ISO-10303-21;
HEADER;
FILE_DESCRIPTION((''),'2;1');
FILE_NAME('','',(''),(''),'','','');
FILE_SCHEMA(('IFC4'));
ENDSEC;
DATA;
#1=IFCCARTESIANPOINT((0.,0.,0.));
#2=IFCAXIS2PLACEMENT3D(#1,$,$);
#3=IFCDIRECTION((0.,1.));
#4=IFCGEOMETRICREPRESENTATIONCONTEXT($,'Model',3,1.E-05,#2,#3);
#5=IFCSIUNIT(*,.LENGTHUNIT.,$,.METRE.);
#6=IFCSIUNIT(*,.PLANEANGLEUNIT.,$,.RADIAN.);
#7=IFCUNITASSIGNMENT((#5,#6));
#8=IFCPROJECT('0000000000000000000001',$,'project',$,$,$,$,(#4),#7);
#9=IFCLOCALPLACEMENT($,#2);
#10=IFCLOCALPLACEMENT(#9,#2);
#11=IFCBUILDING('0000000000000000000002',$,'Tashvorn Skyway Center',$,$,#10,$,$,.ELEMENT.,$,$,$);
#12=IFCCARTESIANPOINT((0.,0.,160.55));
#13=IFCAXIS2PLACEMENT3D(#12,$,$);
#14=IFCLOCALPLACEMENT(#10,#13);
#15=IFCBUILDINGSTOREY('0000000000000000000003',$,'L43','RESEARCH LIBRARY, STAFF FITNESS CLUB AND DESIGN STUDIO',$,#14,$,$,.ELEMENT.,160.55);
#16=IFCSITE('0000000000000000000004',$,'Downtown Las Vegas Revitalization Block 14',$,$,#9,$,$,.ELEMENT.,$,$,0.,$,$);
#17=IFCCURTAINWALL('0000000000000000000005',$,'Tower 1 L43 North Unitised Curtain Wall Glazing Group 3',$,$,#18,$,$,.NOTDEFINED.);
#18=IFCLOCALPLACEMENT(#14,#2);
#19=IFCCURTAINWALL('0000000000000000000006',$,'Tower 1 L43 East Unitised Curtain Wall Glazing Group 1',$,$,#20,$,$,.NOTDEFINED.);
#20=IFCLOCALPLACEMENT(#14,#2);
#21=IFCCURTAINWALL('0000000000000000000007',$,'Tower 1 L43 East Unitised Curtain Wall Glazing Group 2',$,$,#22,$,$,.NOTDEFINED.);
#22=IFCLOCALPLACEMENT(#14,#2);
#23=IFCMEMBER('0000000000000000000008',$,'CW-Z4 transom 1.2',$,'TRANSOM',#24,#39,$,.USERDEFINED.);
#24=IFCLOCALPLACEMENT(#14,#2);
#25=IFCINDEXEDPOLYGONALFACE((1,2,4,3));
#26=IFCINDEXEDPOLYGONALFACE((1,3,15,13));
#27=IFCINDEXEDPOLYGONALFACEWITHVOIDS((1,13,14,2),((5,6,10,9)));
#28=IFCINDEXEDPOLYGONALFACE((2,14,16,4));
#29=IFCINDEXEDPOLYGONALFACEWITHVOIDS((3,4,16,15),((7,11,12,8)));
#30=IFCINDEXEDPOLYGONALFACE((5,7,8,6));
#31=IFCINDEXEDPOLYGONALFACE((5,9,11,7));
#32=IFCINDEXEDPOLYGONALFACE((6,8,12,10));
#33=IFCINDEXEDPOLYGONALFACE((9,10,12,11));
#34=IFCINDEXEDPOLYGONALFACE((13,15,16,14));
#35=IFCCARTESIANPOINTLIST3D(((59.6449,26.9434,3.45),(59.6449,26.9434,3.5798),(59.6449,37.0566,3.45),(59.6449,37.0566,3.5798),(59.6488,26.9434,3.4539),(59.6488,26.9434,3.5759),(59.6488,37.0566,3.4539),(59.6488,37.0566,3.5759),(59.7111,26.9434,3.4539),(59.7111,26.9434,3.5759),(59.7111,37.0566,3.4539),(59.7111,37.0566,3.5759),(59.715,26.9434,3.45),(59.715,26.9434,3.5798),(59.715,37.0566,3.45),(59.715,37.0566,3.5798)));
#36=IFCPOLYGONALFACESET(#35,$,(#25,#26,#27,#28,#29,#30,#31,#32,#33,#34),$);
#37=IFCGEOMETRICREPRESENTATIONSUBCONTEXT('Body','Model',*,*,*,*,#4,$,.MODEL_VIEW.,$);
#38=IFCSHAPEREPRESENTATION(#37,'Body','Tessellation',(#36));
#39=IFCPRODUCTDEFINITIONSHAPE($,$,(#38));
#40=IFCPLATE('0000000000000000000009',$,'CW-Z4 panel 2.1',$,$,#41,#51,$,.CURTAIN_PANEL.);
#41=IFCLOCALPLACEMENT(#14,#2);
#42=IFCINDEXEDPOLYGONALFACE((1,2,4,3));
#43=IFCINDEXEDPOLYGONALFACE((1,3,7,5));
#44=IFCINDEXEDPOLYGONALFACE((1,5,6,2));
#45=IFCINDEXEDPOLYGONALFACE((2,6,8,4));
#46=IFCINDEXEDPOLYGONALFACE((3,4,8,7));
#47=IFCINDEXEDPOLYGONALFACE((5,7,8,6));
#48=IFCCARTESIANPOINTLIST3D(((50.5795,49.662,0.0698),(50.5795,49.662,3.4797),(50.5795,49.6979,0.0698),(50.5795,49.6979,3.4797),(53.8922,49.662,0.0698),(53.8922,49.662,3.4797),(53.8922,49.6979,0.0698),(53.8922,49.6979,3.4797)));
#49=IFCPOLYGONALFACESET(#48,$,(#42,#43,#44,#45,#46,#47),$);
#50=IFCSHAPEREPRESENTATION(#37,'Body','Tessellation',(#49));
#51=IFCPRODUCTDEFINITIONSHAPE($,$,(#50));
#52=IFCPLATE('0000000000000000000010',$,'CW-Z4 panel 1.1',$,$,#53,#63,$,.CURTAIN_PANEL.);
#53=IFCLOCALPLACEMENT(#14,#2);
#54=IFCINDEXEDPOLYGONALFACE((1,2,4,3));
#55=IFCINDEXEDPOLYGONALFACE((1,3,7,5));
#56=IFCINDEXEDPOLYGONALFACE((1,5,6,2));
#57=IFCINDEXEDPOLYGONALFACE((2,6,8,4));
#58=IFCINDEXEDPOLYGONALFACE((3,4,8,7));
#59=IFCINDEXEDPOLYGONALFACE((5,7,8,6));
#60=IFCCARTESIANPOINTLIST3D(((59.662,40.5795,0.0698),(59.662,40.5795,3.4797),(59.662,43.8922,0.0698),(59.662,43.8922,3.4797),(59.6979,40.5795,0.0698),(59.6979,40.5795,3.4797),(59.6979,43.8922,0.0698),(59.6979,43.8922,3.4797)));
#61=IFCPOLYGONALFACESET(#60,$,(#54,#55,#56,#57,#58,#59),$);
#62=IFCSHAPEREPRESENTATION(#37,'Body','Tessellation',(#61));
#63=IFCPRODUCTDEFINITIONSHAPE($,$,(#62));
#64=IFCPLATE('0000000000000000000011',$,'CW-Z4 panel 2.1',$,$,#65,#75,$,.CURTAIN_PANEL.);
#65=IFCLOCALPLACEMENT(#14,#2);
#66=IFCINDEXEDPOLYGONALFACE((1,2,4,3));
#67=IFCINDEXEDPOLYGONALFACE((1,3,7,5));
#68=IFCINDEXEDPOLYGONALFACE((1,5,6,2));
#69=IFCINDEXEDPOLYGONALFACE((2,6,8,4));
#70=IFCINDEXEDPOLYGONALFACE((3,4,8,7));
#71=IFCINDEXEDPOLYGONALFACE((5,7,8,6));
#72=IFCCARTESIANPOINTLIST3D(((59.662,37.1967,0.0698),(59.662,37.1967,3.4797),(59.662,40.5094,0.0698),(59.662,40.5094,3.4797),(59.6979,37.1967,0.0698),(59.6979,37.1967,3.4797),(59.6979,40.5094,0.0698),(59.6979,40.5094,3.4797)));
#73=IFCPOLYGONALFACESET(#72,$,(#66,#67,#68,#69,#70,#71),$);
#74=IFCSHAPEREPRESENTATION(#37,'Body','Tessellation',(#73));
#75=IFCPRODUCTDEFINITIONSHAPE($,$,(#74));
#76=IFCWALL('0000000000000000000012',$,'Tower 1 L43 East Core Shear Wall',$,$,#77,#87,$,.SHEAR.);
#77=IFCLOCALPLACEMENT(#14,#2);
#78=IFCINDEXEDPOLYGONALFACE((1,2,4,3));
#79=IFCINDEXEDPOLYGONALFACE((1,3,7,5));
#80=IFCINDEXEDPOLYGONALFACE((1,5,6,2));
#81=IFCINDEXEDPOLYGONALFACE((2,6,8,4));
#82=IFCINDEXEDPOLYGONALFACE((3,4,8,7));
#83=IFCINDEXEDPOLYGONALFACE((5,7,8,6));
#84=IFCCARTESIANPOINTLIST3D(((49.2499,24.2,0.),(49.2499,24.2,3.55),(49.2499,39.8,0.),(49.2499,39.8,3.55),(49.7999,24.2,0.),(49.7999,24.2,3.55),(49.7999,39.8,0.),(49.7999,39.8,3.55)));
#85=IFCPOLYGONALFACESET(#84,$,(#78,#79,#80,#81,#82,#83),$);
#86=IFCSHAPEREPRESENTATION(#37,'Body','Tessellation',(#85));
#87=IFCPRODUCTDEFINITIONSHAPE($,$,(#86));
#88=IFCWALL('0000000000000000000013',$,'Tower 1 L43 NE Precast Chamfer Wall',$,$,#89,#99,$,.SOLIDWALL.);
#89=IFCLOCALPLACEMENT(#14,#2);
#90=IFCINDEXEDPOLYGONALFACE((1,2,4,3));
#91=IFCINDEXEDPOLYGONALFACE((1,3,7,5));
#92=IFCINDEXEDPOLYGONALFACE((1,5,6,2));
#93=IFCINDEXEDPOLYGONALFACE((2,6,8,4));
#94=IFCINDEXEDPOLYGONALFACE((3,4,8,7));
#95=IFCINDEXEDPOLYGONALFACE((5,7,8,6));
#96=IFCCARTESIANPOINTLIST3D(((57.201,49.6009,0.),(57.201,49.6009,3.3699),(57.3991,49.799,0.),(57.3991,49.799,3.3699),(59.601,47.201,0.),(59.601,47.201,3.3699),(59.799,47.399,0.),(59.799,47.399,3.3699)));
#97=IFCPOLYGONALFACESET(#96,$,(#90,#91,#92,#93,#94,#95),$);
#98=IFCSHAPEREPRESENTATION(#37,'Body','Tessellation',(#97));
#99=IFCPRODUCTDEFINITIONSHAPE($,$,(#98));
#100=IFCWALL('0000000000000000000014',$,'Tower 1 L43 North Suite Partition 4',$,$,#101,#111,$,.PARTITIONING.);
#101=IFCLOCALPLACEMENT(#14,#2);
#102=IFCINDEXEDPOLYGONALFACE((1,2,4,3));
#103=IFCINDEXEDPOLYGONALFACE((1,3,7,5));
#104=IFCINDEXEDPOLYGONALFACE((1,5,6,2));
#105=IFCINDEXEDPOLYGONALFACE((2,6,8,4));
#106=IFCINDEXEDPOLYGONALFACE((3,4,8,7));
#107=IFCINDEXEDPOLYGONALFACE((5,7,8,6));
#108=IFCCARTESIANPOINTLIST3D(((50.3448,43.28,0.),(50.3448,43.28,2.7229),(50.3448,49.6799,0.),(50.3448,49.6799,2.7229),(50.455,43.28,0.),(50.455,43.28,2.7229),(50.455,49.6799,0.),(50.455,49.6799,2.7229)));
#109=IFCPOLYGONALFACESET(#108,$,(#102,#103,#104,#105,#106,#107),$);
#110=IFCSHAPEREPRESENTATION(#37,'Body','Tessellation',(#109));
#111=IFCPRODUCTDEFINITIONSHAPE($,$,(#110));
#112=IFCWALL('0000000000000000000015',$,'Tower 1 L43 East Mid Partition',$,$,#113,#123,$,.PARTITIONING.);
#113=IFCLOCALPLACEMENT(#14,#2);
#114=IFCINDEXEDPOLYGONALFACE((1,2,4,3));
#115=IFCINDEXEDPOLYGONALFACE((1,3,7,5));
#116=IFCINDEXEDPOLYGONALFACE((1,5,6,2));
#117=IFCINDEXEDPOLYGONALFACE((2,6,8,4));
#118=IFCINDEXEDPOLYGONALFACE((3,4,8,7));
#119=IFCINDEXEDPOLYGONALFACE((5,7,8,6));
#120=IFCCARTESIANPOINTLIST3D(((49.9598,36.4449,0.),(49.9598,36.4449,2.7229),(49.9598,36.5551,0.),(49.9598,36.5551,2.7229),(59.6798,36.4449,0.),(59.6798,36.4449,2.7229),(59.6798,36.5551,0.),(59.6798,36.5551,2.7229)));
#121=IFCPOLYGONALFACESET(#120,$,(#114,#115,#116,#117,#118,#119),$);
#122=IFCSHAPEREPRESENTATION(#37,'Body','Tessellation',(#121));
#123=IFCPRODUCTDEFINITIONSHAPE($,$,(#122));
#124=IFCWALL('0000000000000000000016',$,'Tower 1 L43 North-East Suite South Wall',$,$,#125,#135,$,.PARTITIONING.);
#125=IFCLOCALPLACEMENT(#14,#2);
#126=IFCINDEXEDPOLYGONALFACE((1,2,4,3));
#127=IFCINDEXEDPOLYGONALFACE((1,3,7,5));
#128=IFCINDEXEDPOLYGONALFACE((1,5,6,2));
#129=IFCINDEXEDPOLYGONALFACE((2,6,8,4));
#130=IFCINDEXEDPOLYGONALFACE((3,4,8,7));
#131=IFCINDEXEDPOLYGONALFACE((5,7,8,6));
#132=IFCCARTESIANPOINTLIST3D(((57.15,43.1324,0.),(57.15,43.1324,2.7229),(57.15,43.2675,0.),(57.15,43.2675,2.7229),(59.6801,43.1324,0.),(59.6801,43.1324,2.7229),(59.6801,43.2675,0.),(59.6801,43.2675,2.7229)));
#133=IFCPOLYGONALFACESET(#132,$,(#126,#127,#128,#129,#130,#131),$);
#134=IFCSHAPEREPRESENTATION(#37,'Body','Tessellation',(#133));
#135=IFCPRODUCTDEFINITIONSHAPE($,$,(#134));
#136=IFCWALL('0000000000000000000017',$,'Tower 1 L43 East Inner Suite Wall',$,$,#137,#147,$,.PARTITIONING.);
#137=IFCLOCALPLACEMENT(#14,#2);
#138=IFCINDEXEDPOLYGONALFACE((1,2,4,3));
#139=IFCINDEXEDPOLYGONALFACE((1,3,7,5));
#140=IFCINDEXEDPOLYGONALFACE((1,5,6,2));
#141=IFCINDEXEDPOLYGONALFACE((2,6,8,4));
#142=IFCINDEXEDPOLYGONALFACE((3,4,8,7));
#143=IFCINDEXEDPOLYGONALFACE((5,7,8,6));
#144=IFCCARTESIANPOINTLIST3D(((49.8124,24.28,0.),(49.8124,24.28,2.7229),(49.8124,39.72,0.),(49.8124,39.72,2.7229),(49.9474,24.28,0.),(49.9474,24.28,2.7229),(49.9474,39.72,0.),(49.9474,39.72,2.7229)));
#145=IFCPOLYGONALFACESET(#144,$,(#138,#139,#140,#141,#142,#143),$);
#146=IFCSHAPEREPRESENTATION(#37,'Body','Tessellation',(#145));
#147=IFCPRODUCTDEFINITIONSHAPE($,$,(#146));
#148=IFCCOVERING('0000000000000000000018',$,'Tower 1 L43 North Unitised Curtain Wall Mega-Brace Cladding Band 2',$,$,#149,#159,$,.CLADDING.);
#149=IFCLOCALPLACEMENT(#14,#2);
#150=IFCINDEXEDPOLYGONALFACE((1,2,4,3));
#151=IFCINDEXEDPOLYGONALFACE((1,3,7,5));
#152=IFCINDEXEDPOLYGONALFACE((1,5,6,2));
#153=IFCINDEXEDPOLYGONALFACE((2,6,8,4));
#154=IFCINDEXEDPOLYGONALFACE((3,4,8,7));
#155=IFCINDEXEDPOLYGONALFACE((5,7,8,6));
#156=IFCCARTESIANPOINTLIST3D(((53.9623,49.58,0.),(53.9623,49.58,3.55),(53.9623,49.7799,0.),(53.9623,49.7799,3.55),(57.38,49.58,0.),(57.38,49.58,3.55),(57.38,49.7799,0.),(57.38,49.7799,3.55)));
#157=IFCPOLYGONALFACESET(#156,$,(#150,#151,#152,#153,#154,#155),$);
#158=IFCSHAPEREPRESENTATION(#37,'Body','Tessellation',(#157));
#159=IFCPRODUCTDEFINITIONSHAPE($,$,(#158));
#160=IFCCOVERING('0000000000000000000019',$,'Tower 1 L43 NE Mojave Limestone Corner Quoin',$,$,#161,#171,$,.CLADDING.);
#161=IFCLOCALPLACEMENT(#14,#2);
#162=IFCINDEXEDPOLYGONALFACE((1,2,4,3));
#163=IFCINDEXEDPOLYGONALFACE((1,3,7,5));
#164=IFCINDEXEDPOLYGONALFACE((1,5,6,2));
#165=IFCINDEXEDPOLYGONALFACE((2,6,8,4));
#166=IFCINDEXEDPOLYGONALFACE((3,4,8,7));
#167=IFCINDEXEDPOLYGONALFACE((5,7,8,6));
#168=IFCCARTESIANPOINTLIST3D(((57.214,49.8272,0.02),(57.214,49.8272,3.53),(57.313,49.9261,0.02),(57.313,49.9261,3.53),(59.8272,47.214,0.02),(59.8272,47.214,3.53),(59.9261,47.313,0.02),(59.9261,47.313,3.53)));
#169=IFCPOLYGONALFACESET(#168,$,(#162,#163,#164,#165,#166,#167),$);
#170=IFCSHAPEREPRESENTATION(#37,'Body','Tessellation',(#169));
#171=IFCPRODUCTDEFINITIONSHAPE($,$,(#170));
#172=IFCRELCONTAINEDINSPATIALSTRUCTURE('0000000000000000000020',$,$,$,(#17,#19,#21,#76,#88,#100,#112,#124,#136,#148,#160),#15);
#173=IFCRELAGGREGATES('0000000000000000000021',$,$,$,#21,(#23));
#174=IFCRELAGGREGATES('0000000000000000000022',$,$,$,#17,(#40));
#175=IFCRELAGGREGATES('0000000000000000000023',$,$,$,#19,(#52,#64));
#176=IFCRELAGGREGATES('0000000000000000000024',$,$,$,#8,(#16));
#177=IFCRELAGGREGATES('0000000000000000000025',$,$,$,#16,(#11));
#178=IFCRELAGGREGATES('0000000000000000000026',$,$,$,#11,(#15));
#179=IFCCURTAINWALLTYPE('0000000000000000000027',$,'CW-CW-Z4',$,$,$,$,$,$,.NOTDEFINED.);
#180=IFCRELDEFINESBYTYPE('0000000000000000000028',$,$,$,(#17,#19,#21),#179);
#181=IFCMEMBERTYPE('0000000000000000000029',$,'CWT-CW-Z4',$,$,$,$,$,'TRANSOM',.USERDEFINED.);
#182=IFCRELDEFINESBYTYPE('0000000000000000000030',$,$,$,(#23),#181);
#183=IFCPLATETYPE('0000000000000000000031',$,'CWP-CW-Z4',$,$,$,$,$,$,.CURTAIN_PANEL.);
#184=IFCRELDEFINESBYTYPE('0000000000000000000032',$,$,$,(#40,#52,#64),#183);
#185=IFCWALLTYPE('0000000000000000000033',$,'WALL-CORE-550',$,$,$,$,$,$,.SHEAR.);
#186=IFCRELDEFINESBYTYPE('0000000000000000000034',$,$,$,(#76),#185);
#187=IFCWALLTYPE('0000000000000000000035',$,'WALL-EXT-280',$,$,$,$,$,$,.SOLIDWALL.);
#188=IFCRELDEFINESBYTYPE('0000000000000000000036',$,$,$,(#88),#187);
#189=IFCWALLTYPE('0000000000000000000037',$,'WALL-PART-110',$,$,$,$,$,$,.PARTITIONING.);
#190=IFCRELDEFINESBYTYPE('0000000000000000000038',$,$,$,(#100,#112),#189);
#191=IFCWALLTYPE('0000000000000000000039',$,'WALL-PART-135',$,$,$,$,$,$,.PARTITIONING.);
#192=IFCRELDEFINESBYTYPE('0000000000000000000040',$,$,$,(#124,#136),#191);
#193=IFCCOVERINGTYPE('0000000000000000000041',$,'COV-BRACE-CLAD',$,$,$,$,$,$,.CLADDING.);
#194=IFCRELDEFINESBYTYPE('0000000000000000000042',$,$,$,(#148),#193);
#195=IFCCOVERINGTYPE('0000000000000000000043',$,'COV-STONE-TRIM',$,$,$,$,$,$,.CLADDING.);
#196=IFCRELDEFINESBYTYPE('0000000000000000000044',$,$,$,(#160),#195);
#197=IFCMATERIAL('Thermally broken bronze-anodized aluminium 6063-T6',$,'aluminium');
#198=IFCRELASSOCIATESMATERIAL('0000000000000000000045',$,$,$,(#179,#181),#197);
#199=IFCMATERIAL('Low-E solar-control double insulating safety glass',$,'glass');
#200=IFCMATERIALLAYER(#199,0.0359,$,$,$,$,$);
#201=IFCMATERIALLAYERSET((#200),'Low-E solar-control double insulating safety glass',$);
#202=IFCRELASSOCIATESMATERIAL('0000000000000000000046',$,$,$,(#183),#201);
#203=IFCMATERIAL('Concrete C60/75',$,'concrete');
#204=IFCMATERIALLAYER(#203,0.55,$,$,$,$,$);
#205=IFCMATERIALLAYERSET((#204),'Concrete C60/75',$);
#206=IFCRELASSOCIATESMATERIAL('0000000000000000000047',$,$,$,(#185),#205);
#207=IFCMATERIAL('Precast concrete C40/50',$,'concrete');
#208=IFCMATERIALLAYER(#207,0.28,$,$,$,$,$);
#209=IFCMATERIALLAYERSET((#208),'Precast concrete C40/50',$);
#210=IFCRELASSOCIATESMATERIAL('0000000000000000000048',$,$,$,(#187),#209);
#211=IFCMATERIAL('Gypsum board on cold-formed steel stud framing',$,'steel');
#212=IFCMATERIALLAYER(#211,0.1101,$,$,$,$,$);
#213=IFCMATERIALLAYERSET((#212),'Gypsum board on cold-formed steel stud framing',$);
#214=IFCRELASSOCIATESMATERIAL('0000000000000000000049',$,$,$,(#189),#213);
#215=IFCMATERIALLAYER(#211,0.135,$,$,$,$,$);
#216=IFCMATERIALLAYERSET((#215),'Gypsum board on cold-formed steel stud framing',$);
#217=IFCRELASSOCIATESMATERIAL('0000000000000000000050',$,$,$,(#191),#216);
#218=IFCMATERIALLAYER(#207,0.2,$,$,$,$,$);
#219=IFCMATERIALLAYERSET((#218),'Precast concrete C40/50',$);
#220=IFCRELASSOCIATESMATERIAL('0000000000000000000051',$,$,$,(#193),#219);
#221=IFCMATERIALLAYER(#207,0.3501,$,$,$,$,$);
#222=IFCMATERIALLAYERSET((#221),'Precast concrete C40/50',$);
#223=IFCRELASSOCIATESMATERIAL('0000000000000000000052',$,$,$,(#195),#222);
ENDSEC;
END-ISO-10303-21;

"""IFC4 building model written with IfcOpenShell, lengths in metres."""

from ifc_helpers import new_model, si_unit, direction, frame, frame_2d, origin, origin_2d, place, context, subcontext, project, spatial, rectangle, hollow_rectangle, extrude, material, layer, layer_set, material_profile, profile_set, type_object, element, aggregate, save


model = new_model("IFC4")

# Units and contexts
model_context = context("Model", 3, precision=1e-05, world=origin(), true_north=direction((0.0, 1.0)))
body_context = subcontext(model_context, "Body", "Model", "MODEL_VIEW")
ifc_project = project(units=[si_unit("LENGTHUNIT", "METRE"), si_unit("PLANEANGLEUNIT", "RADIAN")], contexts=[model_context])

# Site, building, storey
site_placement = place(None, origin())
site = spatial("IfcSite", under=ifc_project, at=site_placement, Name="Downtown Las Vegas Revitalization Block 14", CompositionType="ELEMENT", RefElevation=0.0)
building_placement = place(site_placement, origin())
building = spatial("IfcBuilding", under=site, at=building_placement, Name="Tashvorn Skyway Center", CompositionType="ELEMENT")
storey_placement = place(building_placement, frame((0.0, 0.0, 160.55)))
storey = spatial("IfcBuildingStorey", under=building, at=storey_placement, Name="L43", Description="RESEARCH LIBRARY, STAFF FITNESS CLUB AND DESIGN STUDIO", CompositionType="ELEMENT", Elevation=160.55)

# Curtain walls
ifc_material_1 = material(Name="Thermally broken bronze-anodized aluminium 6063-T6", Category="aluminium")
curtain_wall_type = type_object("IfcCurtainWallType", Name="CW-CW-Z4", PredefinedType="NOTDEFINED", material=ifc_material_1)
curtain_wall_1_placement = place(storey_placement, origin())
curtain_wall_1 = element("IfcCurtainWall", 1, at=curtain_wall_1_placement, inside=storey, type_object=curtain_wall_type, Name="Tower 1 L43 North Unitised Curtain Wall Glazing Group 3", PredefinedType="NOTDEFINED")
curtain_wall_2_placement = place(storey_placement, origin())
curtain_wall_2 = element("IfcCurtainWall", 2, at=curtain_wall_2_placement, inside=storey, type_object=curtain_wall_type, Name="Tower 1 L43 East Unitised Curtain Wall Glazing Group 1", PredefinedType="NOTDEFINED")

# Curtain wall
curtain_wall_3_placement = place(storey_placement, origin())
curtain_wall_3 = element("IfcCurtainWall", 3, at=curtain_wall_3_placement, inside=storey, type_object=curtain_wall_type, Name="Tower 1 L43 East Unitised Curtain Wall Glazing Group 2", PredefinedType="NOTDEFINED")

# Member
ifc_material_profile_1 = material_profile(ifc_material_1, hollow_rectangle(XDim=0.0701, YDim=0.1299, WallThickness=0.0039, at=origin_2d()), Name="ALU-TRAN-70x130")
ifc_profile_set_1 = profile_set([ifc_material_profile_1], Name="Thermally broken bronze-anodized aluminium 6063-T6")
member_type_1 = type_object("IfcMemberType", Name="CWT-CW-Z4", ElementType="TRANSOM", PredefinedType="USERDEFINED", material=ifc_profile_set_1)
member_1_placement = place(storey_placement, frame((59.6799, 37.0566, 3.5149), z_axis=(0.0, -1.0, 0.0), x_axis=(1.0, 0.0, 0.0)))
member_1 = element("IfcMember", 4, at=member_1_placement, type_object=member_type_1, Name="CW-Z4 transom 1.2", ObjectType="TRANSOM", PredefinedType="USERDEFINED", context=body_context, shape_type="SweptSolid", body=[
    extrude(hollow_rectangle(XDim=0.0701, YDim=0.1299, WallThickness=0.0039, at=origin_2d()), origin(), (0.0, 0.0, 1.0), 10.1133),
])
aggregate(curtain_wall_3, [member_1])

# Plates
ifc_material_2 = material(Name="Low-E solar-control double insulating safety glass", Category="glass")
ifc_layer_1 = layer(ifc_material_2, 0.0359)
ifc_layer_set_1 = layer_set([ifc_layer_1], Name="Low-E solar-control double insulating safety glass")
plate_type = type_object("IfcPlateType", Name="CWP-CW-Z4", PredefinedType="CURTAIN_PANEL", material=ifc_layer_set_1)
plate_1_placement = place(storey_placement, frame((52.2358, 49.6799, 0.0698), z_axis=(0.0, 0.0, 1.0), x_axis=(1.0, 0.0, 0.0)))
plate_1 = element("IfcPlate", 5, at=plate_1_placement, type_object=plate_type, Name="CW-Z4 panel 2.1", PredefinedType="CURTAIN_PANEL", context=body_context, shape_type="SweptSolid", body=[
    extrude(rectangle(XDim=3.3127, YDim=0.0359, at=origin_2d()), origin(), (0.0, 0.0, 1.0), 3.4099),
])
aggregate(curtain_wall_1, [plate_1])
plate_2_placement = place(storey_placement, frame((59.6799, 42.2358, 0.0698), z_axis=(0.0, 0.0, 1.0), x_axis=(0.0, -1.0, 0.0)))
plate_2 = element("IfcPlate", 6, at=plate_2_placement, type_object=plate_type, Name="CW-Z4 panel 1.1", PredefinedType="CURTAIN_PANEL", context=body_context, shape_type="SweptSolid", body=[
    extrude(rectangle(XDim=3.3127, YDim=0.0359, at=origin_2d()), origin(), (0.0, 0.0, 1.0), 3.4099),
])
plate_3_placement = place(storey_placement, frame((59.6799, 38.853, 0.0698), z_axis=(0.0, 0.0, 1.0), x_axis=(0.0, -1.0, 0.0)))
plate_3 = element("IfcPlate", 7, at=plate_3_placement, type_object=plate_type, Name="CW-Z4 panel 2.1", PredefinedType="CURTAIN_PANEL", context=body_context, shape_type="SweptSolid", body=[
    extrude(rectangle(XDim=3.3127, YDim=0.0359, at=origin_2d()), origin(), (0.0, 0.0, 1.0), 3.4099),
])
aggregate(curtain_wall_2, [plate_2, plate_3])

# Walls
ifc_material_3 = material(Name="Concrete C60/75", Category="concrete")
ifc_layer_2 = layer(ifc_material_3, 0.55)
ifc_layer_set_2 = layer_set([ifc_layer_2], Name="Concrete C60/75")
wall_type_1 = type_object("IfcWallType", Name="WALL-CORE-550", PredefinedType="SHEAR", material=ifc_layer_set_2)
wall_1_placement = place(storey_placement, frame((49.5249, 39.8, 0.0), z_axis=(0.0, 0.0, 1.0), x_axis=(0.0, -1.0, 0.0)))
element("IfcWall", 8, at=wall_1_placement, inside=storey, type_object=wall_type_1, Name="Tower 1 L43 East Core Shear Wall", PredefinedType="SHEAR", context=body_context, shape_type="SweptSolid", body=[
    extrude(rectangle(XDim=15.6001, YDim=0.55, at=frame_2d((7.8, 0.0))), origin(), (0.0, 0.0, 1.0), 3.55),
])
ifc_material_4 = material(Name="Precast concrete C40/50", Category="concrete")
ifc_layer_3 = layer(ifc_material_4, 0.28)
ifc_layer_set_3 = layer_set([ifc_layer_3], Name="Precast concrete C40/50")
wall_type_2 = type_object("IfcWallType", Name="WALL-EXT-280", PredefinedType="SOLIDWALL", material=ifc_layer_set_3)
wall_2_placement = place(storey_placement, frame((57.3, 49.7, 0.0), z_axis=(0.0, 0.0, 1.0), x_axis=(0.707107, -0.707107, 0.0)))
element("IfcWall", 9, at=wall_2_placement, inside=storey, type_object=wall_type_2, Name="Tower 1 L43 NE Precast Chamfer Wall", PredefinedType="SOLIDWALL", context=body_context, shape_type="SweptSolid", body=[
    extrude(rectangle(XDim=3.394, YDim=0.28, at=frame_2d((1.697, 0.0))), origin(), (0.0, 0.0, 1.0), 3.3699),
])
ifc_material_5 = material(Name="Gypsum board on cold-formed steel stud framing", Category="steel")
ifc_layer_4 = layer(ifc_material_5, 0.1101)
ifc_layer_set_4 = layer_set([ifc_layer_4], Name="Gypsum board on cold-formed steel stud framing")
wall_type_3 = type_object("IfcWallType", Name="WALL-PART-110", PredefinedType="PARTITIONING", material=ifc_layer_set_4)
wall_3_placement = place(storey_placement, frame((50.3999, 43.28, 0.0), z_axis=(0.0, 0.0, 1.0), x_axis=(0.0, 1.0, 0.0)))
element("IfcWall", 10, at=wall_3_placement, inside=storey, type_object=wall_type_3, Name="Tower 1 L43 North Suite Partition 4", PredefinedType="PARTITIONING", context=body_context, shape_type="SweptSolid", body=[
    extrude(rectangle(XDim=6.3999, YDim=0.1101, at=frame_2d((3.2, 0.0))), origin(), (0.0, 0.0, 1.0), 2.7229),
])
wall_4_placement = place(storey_placement, frame((49.96, 36.5, 0.0), z_axis=(0.0, 0.0, 1.0), x_axis=(1.0, 0.0, 0.0)))
element("IfcWall", 11, at=wall_4_placement, inside=storey, type_object=wall_type_3, Name="Tower 1 L43 East Mid Partition", PredefinedType="PARTITIONING", context=body_context, shape_type="SweptSolid", body=[
    extrude(rectangle(XDim=9.72, YDim=0.1101, at=frame_2d((4.8599, 0.0))), origin(), (0.0, 0.0, 1.0), 2.7229),
])
ifc_layer_5 = layer(ifc_material_5, 0.135)
ifc_layer_set_5 = layer_set([ifc_layer_5], Name="Gypsum board on cold-formed steel stud framing")
wall_type_4 = type_object("IfcWallType", Name="WALL-PART-135", PredefinedType="PARTITIONING", material=ifc_layer_set_5)
wall_5_placement = place(storey_placement, frame((57.1499, 43.2, 0.0), z_axis=(0.0, 0.0, 1.0), x_axis=(1.0, 0.0, 0.0)))
element("IfcWall", 12, at=wall_5_placement, inside=storey, type_object=wall_type_4, Name="Tower 1 L43 North-East Suite South Wall", PredefinedType="PARTITIONING", context=body_context, shape_type="SweptSolid", body=[
    extrude(rectangle(XDim=2.53, YDim=0.135, at=frame_2d((1.2651, 0.0))), origin(), (0.0, 0.0, 1.0), 2.7229),
])
wall_6_placement = place(storey_placement, frame((49.8799, 39.72, 0.0), z_axis=(0.0, 0.0, 1.0), x_axis=(0.0, -1.0, 0.0)))
element("IfcWall", 13, at=wall_6_placement, inside=storey, type_object=wall_type_4, Name="Tower 1 L43 East Inner Suite Wall", PredefinedType="PARTITIONING", context=body_context, shape_type="SweptSolid", body=[
    extrude(rectangle(XDim=15.4399, YDim=0.135, at=frame_2d((7.72, 0.0))), origin(), (0.0, 0.0, 1.0), 2.7229),
])

# Coverings
ifc_layer_6 = layer(ifc_material_4, 0.2)
ifc_layer_set_6 = layer_set([ifc_layer_6], Name="Precast concrete C40/50")
covering_type_1 = type_object("IfcCoveringType", Name="COV-BRACE-CLAD", PredefinedType="CLADDING", material=ifc_layer_set_6)
covering_1_placement = place(storey_placement, frame((55.6711, 49.6799, 0.0), z_axis=(0.0, 0.0, 1.0), x_axis=(1.0, 0.0, 0.0)))
element("IfcCovering", 14, at=covering_1_placement, inside=storey, type_object=covering_type_1, Name="Tower 1 L43 North Unitised Curtain Wall Mega-Brace Cladding Band 2", PredefinedType="CLADDING", context=body_context, shape_type="SweptSolid", body=[
    extrude(rectangle(XDim=3.4177, YDim=0.2, at=origin_2d()), origin(), (0.0, 0.0, 1.0), 3.55),
])
ifc_layer_7 = layer(ifc_material_4, 0.3501)
ifc_layer_set_7 = layer_set([ifc_layer_7], Name="Precast concrete C40/50")
covering_type_2 = type_object("IfcCoveringType", Name="COV-STONE-TRIM", PredefinedType="CLADDING", material=ifc_layer_set_7)
covering_2_placement = place(storey_placement, frame((58.5701, 48.5701, 0.02), z_axis=(0.0, 0.0, 1.0), x_axis=(0.707107, -0.707107, 0.0)))
element("IfcCovering", 15, at=covering_2_placement, inside=storey, type_object=covering_type_2, Name="Tower 1 L43 NE Mojave Limestone Corner Quoin", PredefinedType="CLADDING", context=body_context, shape_type="SweptSolid", body=[
    extrude(rectangle(XDim=3.6956, YDim=0.1399, at=origin_2d()), origin(), (0.0, 0.0, 1.0), 3.51),
])

save(model, "model.ifc")
